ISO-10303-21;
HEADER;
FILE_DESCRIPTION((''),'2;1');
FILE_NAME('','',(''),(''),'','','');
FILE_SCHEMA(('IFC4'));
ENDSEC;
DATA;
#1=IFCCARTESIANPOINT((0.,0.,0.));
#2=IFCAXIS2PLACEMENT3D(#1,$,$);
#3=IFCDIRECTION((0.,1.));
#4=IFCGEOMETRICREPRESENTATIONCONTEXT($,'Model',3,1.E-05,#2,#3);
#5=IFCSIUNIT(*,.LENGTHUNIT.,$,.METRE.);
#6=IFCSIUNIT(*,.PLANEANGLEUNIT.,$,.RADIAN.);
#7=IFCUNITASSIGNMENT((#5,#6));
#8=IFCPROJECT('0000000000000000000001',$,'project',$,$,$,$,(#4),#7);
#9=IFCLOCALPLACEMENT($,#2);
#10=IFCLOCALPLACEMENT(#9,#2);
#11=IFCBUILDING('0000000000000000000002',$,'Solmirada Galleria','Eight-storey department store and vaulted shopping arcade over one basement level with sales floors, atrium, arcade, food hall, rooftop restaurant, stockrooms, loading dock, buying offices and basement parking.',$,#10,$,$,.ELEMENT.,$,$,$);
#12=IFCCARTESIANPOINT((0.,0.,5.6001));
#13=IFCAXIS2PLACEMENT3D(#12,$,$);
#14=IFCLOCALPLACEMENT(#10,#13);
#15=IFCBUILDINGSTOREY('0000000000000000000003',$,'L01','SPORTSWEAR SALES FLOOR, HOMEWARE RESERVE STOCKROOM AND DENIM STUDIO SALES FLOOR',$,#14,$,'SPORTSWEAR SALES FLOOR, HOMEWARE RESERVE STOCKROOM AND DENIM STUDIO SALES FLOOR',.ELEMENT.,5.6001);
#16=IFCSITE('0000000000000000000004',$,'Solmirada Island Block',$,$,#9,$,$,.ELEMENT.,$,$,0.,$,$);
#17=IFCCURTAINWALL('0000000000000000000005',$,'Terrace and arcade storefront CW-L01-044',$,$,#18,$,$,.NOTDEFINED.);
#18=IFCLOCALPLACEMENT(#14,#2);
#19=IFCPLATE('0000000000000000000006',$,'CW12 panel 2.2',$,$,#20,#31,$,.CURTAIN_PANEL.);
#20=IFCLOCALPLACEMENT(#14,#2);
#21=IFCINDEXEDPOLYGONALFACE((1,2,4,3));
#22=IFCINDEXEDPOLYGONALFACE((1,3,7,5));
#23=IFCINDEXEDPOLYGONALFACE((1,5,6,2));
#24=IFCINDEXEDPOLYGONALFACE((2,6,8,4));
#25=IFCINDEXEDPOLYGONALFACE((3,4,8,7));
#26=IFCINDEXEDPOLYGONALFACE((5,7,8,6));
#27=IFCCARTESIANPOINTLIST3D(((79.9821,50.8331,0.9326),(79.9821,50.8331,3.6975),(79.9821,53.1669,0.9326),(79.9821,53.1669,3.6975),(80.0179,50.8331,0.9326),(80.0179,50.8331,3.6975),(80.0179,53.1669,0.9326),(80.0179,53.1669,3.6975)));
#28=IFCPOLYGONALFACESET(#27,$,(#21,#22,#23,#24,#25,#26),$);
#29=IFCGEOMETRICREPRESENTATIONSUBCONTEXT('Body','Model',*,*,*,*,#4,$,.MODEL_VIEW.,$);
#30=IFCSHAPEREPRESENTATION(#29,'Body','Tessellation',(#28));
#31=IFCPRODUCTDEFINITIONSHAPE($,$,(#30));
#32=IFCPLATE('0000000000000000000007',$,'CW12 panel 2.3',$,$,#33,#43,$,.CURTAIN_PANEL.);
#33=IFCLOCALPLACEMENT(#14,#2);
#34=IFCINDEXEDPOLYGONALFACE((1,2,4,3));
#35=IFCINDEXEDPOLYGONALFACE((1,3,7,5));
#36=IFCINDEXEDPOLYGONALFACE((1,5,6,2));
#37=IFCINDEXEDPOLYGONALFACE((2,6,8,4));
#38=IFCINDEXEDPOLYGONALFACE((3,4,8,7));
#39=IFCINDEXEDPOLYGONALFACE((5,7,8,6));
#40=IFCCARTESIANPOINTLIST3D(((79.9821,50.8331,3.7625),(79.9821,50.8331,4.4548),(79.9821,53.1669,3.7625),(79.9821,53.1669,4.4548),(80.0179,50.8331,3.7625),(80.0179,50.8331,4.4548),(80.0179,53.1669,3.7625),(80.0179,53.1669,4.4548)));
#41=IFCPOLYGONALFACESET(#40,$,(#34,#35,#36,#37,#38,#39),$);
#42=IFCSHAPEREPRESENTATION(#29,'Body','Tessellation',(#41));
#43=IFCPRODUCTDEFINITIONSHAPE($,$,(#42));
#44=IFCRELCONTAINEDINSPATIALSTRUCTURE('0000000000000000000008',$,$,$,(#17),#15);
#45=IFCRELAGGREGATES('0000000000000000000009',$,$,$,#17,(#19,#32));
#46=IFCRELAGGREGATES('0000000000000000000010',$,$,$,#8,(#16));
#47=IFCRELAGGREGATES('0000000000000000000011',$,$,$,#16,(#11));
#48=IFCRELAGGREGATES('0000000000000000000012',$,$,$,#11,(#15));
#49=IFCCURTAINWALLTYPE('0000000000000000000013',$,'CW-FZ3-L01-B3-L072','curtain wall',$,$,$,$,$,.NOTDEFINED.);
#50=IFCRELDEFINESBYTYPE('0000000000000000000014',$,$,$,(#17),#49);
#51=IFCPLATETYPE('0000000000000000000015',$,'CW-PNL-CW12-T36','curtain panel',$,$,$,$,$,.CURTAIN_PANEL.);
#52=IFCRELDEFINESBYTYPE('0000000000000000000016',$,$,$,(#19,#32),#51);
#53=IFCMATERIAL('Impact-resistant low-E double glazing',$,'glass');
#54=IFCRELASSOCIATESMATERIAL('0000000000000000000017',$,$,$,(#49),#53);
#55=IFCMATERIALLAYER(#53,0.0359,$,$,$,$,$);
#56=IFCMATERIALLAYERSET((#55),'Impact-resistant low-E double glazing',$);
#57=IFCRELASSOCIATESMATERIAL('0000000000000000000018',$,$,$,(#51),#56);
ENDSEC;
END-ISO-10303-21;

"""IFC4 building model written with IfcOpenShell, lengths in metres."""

from ifc_helpers import new_model, si_unit, direction, frame, origin, origin_2d, place, context, subcontext, project, spatial, rectangle, extrude, material, layer, layer_set, type_object, element, aggregate, save


model = new_model("IFC4")

# Units and contexts
model_context = context("Model", 3, precision=1e-05, world=origin(), true_north=direction((0.0, 1.0)))
body_context = subcontext(model_context, "Body", "Model", "MODEL_VIEW")
ifc_project = project(units=[si_unit("LENGTHUNIT", "METRE"), si_unit("PLANEANGLEUNIT", "RADIAN")], contexts=[model_context])

# Site, building, storey
site_placement = place(None, origin())
site = spatial("IfcSite", under=ifc_project, at=site_placement, Name="Solmirada Island Block", CompositionType="ELEMENT", RefElevation=0.0)
building_placement = place(site_placement, origin())
building = spatial("IfcBuilding", under=site, at=building_placement, Name="Solmirada Galleria", Description="Eight-storey department store and vaulted shopping arcade over one basement level with sales floors, atrium, arcade, food hall, rooftop restaurant, stockrooms, loading dock, buying offices and basement parking.", CompositionType="ELEMENT")
storey_placement = place(building_placement, frame((0.0, 0.0, 5.6001)))
storey = spatial("IfcBuildingStorey", under=building, at=storey_placement, Name="L01", Description="SPORTSWEAR SALES FLOOR, HOMEWARE RESERVE STOCKROOM AND DENIM STUDIO SALES FLOOR", LongName="SPORTSWEAR SALES FLOOR, HOMEWARE RESERVE STOCKROOM AND DENIM STUDIO SALES FLOOR", CompositionType="ELEMENT", Elevation=5.6001)

# Curtain wall, plates
ifc_material_1 = material(Name="Impact-resistant low-E double glazing", Category="glass")
curtain_wall_type = type_object("IfcCurtainWallType", Name="CW-FZ3-L01-B3-L072", Description="curtain wall", PredefinedType="NOTDEFINED", material=ifc_material_1)
curtain_wall_placement = place(storey_placement, origin())
curtain_wall = element("IfcCurtainWall", 1, at=curtain_wall_placement, inside=storey, type_object=curtain_wall_type, Name="Terrace and arcade storefront CW-L01-044", PredefinedType="NOTDEFINED")
ifc_layer = layer(ifc_material_1, 0.0359)
ifc_layer_set = layer_set([ifc_layer], Name="Impact-resistant low-E double glazing")
plate_type = type_object("IfcPlateType", Name="CW-PNL-CW12-T36", Description="curtain panel", PredefinedType="CURTAIN_PANEL", material=ifc_layer_set)
plate_1_placement = place(storey_placement, frame((80.0, 52.0, 0.9326), z_axis=(0.0, 0.0, 1.0), x_axis=(0.0, 1.0, 0.0)))
plate_1 = element("IfcPlate", 2, at=plate_1_placement, type_object=plate_type, Name="CW12 panel 2.2", PredefinedType="CURTAIN_PANEL", context=body_context, shape_type="SweptSolid", body=[
    extrude(rectangle(XDim=2.3337, YDim=0.0359, at=origin_2d()), origin(), (0.0, 0.0, 1.0), 2.7649),
])
plate_2_placement = place(storey_placement, frame((80.0, 52.0, 3.7625), z_axis=(0.0, 0.0, 1.0), x_axis=(0.0, 1.0, 0.0)))
plate_2 = element("IfcPlate", 3, at=plate_2_placement, type_object=plate_type, Name="CW12 panel 2.3", PredefinedType="CURTAIN_PANEL", context=body_context, shape_type="SweptSolid", body=[
    extrude(rectangle(XDim=2.3337, YDim=0.0359, at=origin_2d()), origin(), (0.0, 0.0, 1.0), 0.6924),
])
aggregate(curtain_wall, [plate_1, plate_2])

save(model, "model.ifc")
